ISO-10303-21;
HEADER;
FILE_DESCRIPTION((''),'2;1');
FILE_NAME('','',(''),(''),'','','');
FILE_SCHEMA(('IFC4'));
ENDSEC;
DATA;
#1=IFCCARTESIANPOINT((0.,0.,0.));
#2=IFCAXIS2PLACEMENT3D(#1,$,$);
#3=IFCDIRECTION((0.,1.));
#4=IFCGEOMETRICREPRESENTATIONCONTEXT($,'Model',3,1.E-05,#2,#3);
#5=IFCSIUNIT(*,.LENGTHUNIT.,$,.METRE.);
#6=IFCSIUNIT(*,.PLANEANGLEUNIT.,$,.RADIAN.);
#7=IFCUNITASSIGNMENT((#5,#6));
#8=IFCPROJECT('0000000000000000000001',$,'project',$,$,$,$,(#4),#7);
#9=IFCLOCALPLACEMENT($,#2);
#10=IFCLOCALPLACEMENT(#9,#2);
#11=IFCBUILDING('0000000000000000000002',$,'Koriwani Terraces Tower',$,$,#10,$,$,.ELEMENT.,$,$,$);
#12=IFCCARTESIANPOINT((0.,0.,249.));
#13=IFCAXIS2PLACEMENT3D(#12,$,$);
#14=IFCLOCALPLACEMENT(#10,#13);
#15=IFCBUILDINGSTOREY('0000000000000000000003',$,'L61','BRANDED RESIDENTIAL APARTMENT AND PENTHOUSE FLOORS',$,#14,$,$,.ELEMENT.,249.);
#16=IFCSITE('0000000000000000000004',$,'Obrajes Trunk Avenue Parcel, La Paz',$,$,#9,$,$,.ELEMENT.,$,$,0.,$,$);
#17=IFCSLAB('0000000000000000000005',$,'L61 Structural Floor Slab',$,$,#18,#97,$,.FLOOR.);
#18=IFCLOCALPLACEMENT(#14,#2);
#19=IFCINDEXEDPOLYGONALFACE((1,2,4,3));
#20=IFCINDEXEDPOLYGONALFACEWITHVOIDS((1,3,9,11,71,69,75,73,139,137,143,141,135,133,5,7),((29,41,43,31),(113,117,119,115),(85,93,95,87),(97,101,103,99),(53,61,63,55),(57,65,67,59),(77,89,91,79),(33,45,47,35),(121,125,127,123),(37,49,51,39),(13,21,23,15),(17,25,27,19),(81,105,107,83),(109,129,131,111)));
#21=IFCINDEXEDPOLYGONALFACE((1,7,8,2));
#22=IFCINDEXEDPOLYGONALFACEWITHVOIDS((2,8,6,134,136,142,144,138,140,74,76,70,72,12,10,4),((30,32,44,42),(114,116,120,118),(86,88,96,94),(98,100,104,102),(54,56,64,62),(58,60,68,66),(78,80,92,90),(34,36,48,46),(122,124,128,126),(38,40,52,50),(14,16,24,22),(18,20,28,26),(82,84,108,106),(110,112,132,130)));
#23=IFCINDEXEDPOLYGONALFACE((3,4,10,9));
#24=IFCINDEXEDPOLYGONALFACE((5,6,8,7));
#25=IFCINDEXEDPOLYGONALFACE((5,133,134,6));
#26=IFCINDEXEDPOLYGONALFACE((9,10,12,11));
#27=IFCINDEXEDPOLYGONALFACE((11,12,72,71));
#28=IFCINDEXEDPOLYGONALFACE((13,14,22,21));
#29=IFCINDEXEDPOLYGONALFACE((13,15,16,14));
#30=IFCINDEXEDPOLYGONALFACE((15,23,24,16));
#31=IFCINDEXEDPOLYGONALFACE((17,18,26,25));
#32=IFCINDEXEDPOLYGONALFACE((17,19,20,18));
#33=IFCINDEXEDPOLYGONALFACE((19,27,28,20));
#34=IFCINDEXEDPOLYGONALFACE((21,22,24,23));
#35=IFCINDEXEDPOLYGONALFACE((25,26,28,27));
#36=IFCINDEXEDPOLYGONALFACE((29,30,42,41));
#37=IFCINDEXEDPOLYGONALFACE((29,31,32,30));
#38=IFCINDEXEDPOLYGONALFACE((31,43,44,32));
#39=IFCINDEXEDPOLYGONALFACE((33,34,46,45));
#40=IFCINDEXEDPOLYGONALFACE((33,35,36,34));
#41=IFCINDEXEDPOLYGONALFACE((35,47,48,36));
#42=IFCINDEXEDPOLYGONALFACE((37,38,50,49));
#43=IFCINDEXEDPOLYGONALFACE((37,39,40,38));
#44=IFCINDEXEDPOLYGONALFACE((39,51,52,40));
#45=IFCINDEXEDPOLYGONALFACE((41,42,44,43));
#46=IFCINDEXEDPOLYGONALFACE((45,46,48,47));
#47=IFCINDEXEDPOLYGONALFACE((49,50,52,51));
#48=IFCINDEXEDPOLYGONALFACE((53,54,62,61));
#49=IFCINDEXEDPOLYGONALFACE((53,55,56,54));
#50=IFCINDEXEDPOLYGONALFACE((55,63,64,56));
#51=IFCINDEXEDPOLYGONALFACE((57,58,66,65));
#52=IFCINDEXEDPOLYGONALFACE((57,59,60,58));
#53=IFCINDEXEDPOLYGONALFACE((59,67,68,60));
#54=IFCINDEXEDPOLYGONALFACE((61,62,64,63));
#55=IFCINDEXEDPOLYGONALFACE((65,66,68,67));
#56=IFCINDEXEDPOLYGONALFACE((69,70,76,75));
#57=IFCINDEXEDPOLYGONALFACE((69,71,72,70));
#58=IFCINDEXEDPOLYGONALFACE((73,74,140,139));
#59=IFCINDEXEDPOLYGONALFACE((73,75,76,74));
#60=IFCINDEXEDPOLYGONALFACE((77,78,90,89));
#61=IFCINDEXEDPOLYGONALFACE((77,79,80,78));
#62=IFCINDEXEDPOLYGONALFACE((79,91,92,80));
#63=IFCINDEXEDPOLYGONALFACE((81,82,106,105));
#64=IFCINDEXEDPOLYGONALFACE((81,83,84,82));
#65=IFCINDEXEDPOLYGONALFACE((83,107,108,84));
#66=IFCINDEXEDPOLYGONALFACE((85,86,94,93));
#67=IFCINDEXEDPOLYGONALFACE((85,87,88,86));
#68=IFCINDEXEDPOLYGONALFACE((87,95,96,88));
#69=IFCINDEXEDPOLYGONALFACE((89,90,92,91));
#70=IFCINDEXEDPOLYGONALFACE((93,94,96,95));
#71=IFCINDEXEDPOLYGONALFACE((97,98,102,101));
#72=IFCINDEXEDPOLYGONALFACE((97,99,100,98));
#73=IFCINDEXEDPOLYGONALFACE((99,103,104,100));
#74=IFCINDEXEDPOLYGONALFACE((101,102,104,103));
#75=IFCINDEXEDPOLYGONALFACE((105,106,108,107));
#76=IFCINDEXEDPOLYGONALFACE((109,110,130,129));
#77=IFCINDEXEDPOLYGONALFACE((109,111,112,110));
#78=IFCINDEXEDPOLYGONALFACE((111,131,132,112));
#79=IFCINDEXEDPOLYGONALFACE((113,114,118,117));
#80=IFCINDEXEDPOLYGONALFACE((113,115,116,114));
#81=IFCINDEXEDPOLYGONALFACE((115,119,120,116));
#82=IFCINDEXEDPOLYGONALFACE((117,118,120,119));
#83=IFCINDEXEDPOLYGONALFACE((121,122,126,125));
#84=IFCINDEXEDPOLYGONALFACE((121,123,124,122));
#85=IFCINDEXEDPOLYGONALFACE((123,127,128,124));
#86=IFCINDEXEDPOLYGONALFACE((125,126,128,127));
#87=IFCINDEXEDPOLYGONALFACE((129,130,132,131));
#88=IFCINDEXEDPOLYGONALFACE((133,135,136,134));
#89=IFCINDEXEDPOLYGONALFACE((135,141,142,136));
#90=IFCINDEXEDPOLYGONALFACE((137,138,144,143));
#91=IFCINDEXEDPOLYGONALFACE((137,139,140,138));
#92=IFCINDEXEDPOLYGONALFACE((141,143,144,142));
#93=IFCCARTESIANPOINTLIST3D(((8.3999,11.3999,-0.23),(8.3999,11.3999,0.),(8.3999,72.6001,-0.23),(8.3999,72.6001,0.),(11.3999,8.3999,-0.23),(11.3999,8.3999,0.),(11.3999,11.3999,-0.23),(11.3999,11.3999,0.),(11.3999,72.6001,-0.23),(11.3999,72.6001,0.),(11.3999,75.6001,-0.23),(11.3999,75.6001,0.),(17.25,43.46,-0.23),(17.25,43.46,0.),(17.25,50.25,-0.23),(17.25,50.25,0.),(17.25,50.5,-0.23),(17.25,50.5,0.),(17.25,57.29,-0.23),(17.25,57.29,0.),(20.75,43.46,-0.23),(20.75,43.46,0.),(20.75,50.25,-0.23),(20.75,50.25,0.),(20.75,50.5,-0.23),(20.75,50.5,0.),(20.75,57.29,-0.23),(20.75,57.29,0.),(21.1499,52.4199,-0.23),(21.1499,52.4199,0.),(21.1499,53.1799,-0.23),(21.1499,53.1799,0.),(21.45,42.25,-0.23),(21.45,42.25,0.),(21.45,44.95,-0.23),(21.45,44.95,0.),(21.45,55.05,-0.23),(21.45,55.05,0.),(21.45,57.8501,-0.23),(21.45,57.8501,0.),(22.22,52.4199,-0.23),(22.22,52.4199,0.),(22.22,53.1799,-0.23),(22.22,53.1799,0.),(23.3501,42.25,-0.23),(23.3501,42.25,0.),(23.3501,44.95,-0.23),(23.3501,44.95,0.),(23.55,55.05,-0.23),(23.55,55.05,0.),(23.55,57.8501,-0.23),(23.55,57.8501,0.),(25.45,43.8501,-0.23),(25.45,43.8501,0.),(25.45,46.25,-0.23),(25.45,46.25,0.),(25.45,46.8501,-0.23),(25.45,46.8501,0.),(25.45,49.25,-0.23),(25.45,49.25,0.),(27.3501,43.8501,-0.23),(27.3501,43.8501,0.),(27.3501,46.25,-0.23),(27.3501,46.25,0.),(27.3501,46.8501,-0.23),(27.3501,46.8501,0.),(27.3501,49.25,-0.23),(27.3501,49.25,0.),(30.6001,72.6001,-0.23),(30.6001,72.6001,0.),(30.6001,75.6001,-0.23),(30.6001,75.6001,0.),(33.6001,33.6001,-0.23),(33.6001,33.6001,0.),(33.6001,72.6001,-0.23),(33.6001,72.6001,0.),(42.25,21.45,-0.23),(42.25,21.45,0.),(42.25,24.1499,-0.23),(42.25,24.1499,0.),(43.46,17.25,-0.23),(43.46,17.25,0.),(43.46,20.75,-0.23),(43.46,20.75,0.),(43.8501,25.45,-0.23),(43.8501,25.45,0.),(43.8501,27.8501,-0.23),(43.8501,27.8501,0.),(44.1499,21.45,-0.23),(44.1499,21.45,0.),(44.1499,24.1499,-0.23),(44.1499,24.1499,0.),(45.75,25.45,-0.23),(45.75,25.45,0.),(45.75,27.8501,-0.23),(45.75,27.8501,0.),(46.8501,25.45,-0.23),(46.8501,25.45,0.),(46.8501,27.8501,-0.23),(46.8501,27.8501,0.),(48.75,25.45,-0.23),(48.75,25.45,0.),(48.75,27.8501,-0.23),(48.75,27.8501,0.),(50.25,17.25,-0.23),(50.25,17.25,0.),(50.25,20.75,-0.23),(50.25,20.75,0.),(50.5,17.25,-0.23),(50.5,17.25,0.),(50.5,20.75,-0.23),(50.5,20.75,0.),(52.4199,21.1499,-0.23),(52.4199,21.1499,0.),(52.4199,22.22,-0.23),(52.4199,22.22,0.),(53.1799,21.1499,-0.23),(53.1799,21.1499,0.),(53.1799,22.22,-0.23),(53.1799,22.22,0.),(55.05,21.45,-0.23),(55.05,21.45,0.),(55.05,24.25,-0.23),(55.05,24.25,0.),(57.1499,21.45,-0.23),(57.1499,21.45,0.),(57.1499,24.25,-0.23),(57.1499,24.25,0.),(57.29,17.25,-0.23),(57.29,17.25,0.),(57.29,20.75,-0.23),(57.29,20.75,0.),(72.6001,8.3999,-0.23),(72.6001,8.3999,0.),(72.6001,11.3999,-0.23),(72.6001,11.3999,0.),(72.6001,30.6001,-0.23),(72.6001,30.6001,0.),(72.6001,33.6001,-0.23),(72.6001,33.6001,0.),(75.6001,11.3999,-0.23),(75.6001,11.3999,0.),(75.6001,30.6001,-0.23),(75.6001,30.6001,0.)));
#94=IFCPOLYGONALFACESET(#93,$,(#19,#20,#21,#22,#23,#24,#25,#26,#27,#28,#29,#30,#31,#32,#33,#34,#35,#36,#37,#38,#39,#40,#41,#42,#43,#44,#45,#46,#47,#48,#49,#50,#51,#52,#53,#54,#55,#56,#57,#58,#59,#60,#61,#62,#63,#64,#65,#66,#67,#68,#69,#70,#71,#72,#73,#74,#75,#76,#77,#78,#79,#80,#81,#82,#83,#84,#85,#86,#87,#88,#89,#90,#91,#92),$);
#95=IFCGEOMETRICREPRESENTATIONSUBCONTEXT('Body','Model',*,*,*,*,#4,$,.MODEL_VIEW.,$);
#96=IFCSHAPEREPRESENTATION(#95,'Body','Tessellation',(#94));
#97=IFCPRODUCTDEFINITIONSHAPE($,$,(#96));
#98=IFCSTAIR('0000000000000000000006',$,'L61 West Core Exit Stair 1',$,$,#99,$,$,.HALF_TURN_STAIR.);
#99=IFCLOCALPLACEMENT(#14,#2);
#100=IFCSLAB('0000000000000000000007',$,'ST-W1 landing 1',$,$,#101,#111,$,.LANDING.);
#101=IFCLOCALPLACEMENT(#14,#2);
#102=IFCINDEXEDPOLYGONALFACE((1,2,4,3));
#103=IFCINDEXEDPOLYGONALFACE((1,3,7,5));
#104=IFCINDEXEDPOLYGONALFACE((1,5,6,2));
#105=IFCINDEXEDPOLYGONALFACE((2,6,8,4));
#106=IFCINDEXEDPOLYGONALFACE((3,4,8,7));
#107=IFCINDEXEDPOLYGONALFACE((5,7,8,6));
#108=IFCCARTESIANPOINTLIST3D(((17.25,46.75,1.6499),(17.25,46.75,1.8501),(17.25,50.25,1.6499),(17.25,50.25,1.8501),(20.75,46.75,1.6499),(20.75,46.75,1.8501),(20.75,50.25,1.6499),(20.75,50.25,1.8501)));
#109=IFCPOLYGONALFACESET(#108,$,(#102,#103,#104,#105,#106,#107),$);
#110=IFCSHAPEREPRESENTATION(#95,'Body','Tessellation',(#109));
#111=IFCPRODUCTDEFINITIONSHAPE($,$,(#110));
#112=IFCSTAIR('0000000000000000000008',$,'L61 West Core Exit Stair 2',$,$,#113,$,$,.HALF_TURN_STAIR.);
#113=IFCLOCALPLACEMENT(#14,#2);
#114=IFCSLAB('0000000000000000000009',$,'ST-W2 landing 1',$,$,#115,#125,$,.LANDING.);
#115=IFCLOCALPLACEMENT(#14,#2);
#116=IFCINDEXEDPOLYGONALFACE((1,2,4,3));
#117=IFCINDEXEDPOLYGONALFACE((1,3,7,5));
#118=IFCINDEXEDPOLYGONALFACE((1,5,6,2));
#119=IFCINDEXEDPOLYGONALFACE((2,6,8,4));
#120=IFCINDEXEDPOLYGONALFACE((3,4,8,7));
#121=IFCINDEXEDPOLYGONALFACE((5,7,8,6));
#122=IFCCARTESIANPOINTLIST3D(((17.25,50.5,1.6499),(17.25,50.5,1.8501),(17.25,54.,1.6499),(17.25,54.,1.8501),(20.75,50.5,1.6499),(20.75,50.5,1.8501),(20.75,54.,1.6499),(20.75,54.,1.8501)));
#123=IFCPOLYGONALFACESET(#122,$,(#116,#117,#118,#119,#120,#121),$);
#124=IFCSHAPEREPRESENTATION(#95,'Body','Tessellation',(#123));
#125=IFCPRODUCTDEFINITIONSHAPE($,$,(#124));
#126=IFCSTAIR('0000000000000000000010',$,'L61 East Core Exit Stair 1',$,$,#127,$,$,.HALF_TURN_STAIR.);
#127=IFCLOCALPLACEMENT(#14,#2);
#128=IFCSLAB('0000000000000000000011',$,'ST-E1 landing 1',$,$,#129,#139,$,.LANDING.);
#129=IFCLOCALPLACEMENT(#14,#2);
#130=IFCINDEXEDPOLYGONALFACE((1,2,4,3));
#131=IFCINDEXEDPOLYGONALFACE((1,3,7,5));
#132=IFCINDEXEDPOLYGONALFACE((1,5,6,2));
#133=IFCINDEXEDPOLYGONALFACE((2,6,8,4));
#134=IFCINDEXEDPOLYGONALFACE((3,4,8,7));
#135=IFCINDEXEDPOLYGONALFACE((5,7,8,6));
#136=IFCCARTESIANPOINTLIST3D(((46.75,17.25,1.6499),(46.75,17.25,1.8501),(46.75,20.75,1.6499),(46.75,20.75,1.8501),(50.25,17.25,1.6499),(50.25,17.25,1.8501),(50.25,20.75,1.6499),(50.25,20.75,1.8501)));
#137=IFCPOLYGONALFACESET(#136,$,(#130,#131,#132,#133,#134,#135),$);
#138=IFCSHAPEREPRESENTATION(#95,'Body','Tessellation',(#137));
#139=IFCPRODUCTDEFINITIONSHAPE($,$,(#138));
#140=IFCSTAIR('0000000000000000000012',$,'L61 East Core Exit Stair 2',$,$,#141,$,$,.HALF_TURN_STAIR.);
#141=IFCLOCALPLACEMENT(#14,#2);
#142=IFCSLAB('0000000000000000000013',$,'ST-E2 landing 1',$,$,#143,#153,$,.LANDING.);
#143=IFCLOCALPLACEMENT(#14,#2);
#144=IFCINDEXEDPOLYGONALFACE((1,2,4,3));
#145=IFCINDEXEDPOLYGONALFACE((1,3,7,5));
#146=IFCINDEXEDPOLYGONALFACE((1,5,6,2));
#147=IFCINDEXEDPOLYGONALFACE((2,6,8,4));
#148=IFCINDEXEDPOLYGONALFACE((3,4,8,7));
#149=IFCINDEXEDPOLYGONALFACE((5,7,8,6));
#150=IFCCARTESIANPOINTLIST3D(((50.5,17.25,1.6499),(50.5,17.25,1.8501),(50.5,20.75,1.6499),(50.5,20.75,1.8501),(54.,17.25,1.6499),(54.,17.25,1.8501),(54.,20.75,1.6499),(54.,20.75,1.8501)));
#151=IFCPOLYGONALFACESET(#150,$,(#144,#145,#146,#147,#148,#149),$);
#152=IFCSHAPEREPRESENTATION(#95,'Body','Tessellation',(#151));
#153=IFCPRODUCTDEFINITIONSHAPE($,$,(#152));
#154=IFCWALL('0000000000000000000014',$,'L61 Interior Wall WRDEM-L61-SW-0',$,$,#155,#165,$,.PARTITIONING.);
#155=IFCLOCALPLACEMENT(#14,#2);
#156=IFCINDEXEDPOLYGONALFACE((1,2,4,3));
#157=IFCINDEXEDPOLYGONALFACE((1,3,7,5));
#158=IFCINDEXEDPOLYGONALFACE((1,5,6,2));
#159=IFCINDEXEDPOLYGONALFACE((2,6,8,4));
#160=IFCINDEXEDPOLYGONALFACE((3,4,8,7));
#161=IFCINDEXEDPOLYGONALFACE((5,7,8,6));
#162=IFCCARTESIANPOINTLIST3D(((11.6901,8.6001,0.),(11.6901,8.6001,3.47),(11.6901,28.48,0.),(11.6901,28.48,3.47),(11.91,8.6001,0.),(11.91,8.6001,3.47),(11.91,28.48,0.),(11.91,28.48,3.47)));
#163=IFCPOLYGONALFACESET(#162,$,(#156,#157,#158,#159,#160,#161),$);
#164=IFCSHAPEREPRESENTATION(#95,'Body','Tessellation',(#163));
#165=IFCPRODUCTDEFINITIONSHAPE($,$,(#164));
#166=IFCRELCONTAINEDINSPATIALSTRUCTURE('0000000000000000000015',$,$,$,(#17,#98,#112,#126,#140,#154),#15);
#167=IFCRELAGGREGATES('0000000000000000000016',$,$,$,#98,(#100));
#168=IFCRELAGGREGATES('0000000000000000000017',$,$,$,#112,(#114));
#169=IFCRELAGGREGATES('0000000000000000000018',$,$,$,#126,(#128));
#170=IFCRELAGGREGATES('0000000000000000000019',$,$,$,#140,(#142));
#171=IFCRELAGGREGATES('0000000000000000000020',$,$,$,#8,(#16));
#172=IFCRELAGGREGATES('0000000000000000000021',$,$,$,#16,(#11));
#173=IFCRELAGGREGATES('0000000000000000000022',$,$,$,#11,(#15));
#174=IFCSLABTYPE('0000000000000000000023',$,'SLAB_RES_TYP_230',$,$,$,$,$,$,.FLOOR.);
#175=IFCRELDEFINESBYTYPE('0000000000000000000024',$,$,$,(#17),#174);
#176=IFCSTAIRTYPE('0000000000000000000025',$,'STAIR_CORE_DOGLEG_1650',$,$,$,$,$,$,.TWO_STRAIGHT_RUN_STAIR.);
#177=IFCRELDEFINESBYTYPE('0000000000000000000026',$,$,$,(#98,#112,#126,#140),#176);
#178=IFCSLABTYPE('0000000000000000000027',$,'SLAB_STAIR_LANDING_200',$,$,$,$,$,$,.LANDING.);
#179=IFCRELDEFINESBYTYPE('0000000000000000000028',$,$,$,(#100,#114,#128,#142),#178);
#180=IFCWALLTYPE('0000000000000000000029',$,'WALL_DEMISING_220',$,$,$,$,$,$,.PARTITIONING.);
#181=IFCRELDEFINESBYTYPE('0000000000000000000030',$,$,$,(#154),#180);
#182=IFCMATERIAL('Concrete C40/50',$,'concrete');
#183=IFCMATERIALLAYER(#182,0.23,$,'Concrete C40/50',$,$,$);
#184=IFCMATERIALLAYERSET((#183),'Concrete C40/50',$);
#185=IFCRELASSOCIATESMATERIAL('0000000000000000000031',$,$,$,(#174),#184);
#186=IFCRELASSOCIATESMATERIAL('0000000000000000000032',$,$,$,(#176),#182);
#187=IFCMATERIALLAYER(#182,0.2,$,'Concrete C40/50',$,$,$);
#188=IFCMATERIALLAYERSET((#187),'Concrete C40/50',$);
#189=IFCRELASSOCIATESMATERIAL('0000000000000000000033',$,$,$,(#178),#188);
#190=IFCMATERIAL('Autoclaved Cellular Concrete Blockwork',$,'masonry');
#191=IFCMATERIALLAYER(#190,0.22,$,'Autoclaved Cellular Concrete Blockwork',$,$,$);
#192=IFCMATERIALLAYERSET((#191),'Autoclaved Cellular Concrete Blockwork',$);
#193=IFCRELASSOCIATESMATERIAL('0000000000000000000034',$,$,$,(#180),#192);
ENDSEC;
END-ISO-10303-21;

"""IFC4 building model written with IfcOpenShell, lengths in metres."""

from ifc_helpers import new_model, si_unit, direction, frame, frame_2d, origin, place, context, subcontext, project, spatial, polyline, rectangle, outline, extrude, material, layer, layer_set, type_object, element, aggregate, save


model = new_model("IFC4")

# Units and contexts
model_context = context("Model", 3, precision=1e-05, world=origin(), true_north=direction((0.0, 1.0)))
body_context = subcontext(model_context, "Body", "Model", "MODEL_VIEW")
ifc_project = project(units=[si_unit("LENGTHUNIT", "METRE"), si_unit("PLANEANGLEUNIT", "RADIAN")], contexts=[model_context])

# Site, building, storey
site_placement = place(None, origin())
site = spatial("IfcSite", under=ifc_project, at=site_placement, Name="Obrajes Trunk Avenue Parcel, La Paz", CompositionType="ELEMENT", RefElevation=0.0)
building_placement = place(site_placement, origin())
building = spatial("IfcBuilding", under=site, at=building_placement, Name="Koriwani Terraces Tower", CompositionType="ELEMENT")
storey_placement = place(building_placement, frame((0.0, 0.0, 249.0)))
storey = spatial("IfcBuildingStorey", under=building, at=storey_placement, Name="L61", Description="BRANDED RESIDENTIAL APARTMENT AND PENTHOUSE FLOORS", CompositionType="ELEMENT", Elevation=249.0)

# Slab
ifc_material_1 = material(Name="Concrete C40/50", Category="concrete")
ifc_layer_1 = layer(ifc_material_1, 0.23, Name="Concrete C40/50")
ifc_layer_set_1 = layer_set([ifc_layer_1], Name="Concrete C40/50")
slab_type_1 = type_object("IfcSlabType", Name="SLAB_RES_TYP_230", PredefinedType="FLOOR", material=ifc_layer_set_1)
slab_1_placement = place(storey_placement, frame((0.0, 0.0, -0.23)))
element("IfcSlab", 1, at=slab_1_placement, inside=storey, type_object=slab_type_1, Name="L61 Structural Floor Slab", PredefinedType="FLOOR", context=body_context, shape_type="SweptSolid", body=[
    extrude(outline(polyline([(11.3999, 8.3999), (72.6001, 8.3999), (72.6001, 11.3999), (75.6001, 11.3999), (75.6001, 30.6001), (72.6001, 30.6001), (72.6001, 33.6001), (33.6001, 33.6001), (33.6001, 72.6001), (30.6001, 72.6001), (30.6001, 75.6001), (11.3999, 75.6001), (11.3999, 72.6001), (8.3999, 72.6001), (8.3999, 11.3999), (11.3999, 11.3999), (11.3999, 8.3999)]), holes=[polyline([(17.25, 43.46), (20.75, 43.46), (20.75, 50.25), (17.25, 50.25), (17.25, 43.46)]), polyline([(17.25, 50.5), (20.75, 50.5), (20.75, 57.29), (17.25, 57.29), (17.25, 50.5)]), polyline([(43.46, 17.25), (50.25, 17.25), (50.25, 20.75), (43.46, 20.75), (43.46, 17.25)]), polyline([(50.5, 17.25), (57.29, 17.25), (57.29, 20.75), (50.5, 20.75), (50.5, 17.25)]), polyline([(25.45, 43.8501), (27.3501, 43.8501), (27.3501, 46.25), (25.45, 46.25), (25.45, 43.8501)]), polyline([(25.45, 46.8501), (27.3501, 46.8501), (27.3501, 49.25), (25.45, 49.25), (25.45, 46.8501)]), polyline([(43.8501, 25.45), (45.75, 25.45), (45.75, 27.8501), (43.8501, 27.8501), (43.8501, 25.45)]), polyline([(46.8501, 25.45), (48.75, 25.45), (48.75, 27.8501), (46.8501, 27.8501), (46.8501, 25.45)]), polyline([(21.45, 55.05), (23.55, 55.05), (23.55, 57.8501), (21.45, 57.8501), (21.45, 55.05)]), polyline([(55.05, 21.45), (57.1499, 21.45), (57.1499, 24.25), (55.05, 24.25), (55.05, 21.45)]), polyline([(21.45, 42.25), (23.3501, 42.25), (23.3501, 44.95), (21.45, 44.95), (21.45, 42.25)]), polyline([(42.25, 21.45), (44.1499, 21.45), (44.1499, 24.1499), (42.25, 24.1499), (42.25, 21.45)]), polyline([(21.1499, 52.4199), (22.22, 52.4199), (22.22, 53.1799), (21.1499, 53.1799), (21.1499, 52.4199)]), polyline([(52.4199, 21.1499), (53.1799, 21.1499), (53.1799, 22.22), (52.4199, 22.22), (52.4199, 21.1499)])]), origin(), (0.0, 0.0, 1.0), 0.23),
])

# Stairs, slabs
stair_type = type_object("IfcStairType", Name="STAIR_CORE_DOGLEG_1650", PredefinedType="TWO_STRAIGHT_RUN_STAIR", material=ifc_material_1)
stair_1_placement = place(storey_placement, origin())
stair_1 = element("IfcStair", 2, at=stair_1_placement, inside=storey, type_object=stair_type, Name="L61 West Core Exit Stair 1", PredefinedType="HALF_TURN_STAIR")
ifc_layer_2 = layer(ifc_material_1, 0.2, Name="Concrete C40/50")
ifc_layer_set_2 = layer_set([ifc_layer_2], Name="Concrete C40/50")
slab_type_2 = type_object("IfcSlabType", Name="SLAB_STAIR_LANDING_200", PredefinedType="LANDING", material=ifc_layer_set_2)
slab_2_placement = place(storey_placement, frame((0.0, 0.0, 1.6499)))
slab_2 = element("IfcSlab", 3, at=slab_2_placement, type_object=slab_type_2, Name="ST-W1 landing 1", PredefinedType="LANDING", context=body_context, shape_type="SweptSolid", body=[
    extrude(outline(polyline([(20.75, 46.75), (20.75, 50.25), (17.25, 50.25), (17.25, 46.75), (20.75, 46.75)])), origin(), (0.0, 0.0, 1.0), 0.2002),
])
aggregate(stair_1, [slab_2])
stair_2_placement = place(storey_placement, origin())
stair_2 = element("IfcStair", 4, at=stair_2_placement, inside=storey, type_object=stair_type, Name="L61 West Core Exit Stair 2", PredefinedType="HALF_TURN_STAIR")
slab_3_placement = place(storey_placement, frame((0.0, 0.0, 1.6499)))
slab_3 = element("IfcSlab", 5, at=slab_3_placement, type_object=slab_type_2, Name="ST-W2 landing 1", PredefinedType="LANDING", context=body_context, shape_type="SweptSolid", body=[
    extrude(outline(polyline([(17.25, 54.0), (17.25, 50.5), (20.75, 50.5), (20.75, 54.0), (17.25, 54.0)])), origin(), (0.0, 0.0, 1.0), 0.2002),
])
aggregate(stair_2, [slab_3])
stair_3_placement = place(storey_placement, origin())
stair_3 = element("IfcStair", 6, at=stair_3_placement, inside=storey, type_object=stair_type, Name="L61 East Core Exit Stair 1", PredefinedType="HALF_TURN_STAIR")
slab_4_placement = place(storey_placement, frame((0.0, 0.0, 1.6499)))
slab_4 = element("IfcSlab", 7, at=slab_4_placement, type_object=slab_type_2, Name="ST-E1 landing 1", PredefinedType="LANDING", context=body_context, shape_type="SweptSolid", body=[
    extrude(outline(polyline([(46.75, 17.25), (50.25, 17.25), (50.25, 20.75), (46.75, 20.75), (46.75, 17.25)])), origin(), (0.0, 0.0, 1.0), 0.2002),
])
aggregate(stair_3, [slab_4])
stair_4_placement = place(storey_placement, origin())
stair_4 = element("IfcStair", 8, at=stair_4_placement, inside=storey, type_object=stair_type, Name="L61 East Core Exit Stair 2", PredefinedType="HALF_TURN_STAIR")
slab_5_placement = place(storey_placement, frame((0.0, 0.0, 1.6499)))
slab_5 = element("IfcSlab", 9, at=slab_5_placement, type_object=slab_type_2, Name="ST-E2 landing 1", PredefinedType="LANDING", context=body_context, shape_type="SweptSolid", body=[
    extrude(outline(polyline([(54.0, 20.75), (50.5, 20.75), (50.5, 17.25), (54.0, 17.25), (54.0, 20.75)])), origin(), (0.0, 0.0, 1.0), 0.2002),
])
aggregate(stair_4, [slab_5])

# Wall
ifc_material_2 = material(Name="Autoclaved Cellular Concrete Blockwork", Category="masonry")
ifc_layer_3 = layer(ifc_material_2, 0.22, Name="Autoclaved Cellular Concrete Blockwork")
ifc_layer_set_3 = layer_set([ifc_layer_3], Name="Autoclaved Cellular Concrete Blockwork")
wall_type_1 = type_object("IfcWallType", Name="WALL_DEMISING_220", PredefinedType="PARTITIONING", material=ifc_layer_set_3)
wall_1_placement = place(storey_placement, frame((11.8, 8.6001, 0.0), z_axis=(0.0, 0.0, 1.0), x_axis=(0.0, 1.0, 0.0)))
element("IfcWall", 10, at=wall_1_placement, inside=storey, type_object=wall_type_1, Name="L61 Interior Wall WRDEM-L61-SW-0", PredefinedType="PARTITIONING", context=body_context, shape_type="SweptSolid", body=[
    extrude(rectangle(XDim=19.8799, YDim=0.22, at=frame_2d((9.9399, 0.0))), origin(), (0.0, 0.0, 1.0), 3.47),
])

save(model, "model.ifc")
